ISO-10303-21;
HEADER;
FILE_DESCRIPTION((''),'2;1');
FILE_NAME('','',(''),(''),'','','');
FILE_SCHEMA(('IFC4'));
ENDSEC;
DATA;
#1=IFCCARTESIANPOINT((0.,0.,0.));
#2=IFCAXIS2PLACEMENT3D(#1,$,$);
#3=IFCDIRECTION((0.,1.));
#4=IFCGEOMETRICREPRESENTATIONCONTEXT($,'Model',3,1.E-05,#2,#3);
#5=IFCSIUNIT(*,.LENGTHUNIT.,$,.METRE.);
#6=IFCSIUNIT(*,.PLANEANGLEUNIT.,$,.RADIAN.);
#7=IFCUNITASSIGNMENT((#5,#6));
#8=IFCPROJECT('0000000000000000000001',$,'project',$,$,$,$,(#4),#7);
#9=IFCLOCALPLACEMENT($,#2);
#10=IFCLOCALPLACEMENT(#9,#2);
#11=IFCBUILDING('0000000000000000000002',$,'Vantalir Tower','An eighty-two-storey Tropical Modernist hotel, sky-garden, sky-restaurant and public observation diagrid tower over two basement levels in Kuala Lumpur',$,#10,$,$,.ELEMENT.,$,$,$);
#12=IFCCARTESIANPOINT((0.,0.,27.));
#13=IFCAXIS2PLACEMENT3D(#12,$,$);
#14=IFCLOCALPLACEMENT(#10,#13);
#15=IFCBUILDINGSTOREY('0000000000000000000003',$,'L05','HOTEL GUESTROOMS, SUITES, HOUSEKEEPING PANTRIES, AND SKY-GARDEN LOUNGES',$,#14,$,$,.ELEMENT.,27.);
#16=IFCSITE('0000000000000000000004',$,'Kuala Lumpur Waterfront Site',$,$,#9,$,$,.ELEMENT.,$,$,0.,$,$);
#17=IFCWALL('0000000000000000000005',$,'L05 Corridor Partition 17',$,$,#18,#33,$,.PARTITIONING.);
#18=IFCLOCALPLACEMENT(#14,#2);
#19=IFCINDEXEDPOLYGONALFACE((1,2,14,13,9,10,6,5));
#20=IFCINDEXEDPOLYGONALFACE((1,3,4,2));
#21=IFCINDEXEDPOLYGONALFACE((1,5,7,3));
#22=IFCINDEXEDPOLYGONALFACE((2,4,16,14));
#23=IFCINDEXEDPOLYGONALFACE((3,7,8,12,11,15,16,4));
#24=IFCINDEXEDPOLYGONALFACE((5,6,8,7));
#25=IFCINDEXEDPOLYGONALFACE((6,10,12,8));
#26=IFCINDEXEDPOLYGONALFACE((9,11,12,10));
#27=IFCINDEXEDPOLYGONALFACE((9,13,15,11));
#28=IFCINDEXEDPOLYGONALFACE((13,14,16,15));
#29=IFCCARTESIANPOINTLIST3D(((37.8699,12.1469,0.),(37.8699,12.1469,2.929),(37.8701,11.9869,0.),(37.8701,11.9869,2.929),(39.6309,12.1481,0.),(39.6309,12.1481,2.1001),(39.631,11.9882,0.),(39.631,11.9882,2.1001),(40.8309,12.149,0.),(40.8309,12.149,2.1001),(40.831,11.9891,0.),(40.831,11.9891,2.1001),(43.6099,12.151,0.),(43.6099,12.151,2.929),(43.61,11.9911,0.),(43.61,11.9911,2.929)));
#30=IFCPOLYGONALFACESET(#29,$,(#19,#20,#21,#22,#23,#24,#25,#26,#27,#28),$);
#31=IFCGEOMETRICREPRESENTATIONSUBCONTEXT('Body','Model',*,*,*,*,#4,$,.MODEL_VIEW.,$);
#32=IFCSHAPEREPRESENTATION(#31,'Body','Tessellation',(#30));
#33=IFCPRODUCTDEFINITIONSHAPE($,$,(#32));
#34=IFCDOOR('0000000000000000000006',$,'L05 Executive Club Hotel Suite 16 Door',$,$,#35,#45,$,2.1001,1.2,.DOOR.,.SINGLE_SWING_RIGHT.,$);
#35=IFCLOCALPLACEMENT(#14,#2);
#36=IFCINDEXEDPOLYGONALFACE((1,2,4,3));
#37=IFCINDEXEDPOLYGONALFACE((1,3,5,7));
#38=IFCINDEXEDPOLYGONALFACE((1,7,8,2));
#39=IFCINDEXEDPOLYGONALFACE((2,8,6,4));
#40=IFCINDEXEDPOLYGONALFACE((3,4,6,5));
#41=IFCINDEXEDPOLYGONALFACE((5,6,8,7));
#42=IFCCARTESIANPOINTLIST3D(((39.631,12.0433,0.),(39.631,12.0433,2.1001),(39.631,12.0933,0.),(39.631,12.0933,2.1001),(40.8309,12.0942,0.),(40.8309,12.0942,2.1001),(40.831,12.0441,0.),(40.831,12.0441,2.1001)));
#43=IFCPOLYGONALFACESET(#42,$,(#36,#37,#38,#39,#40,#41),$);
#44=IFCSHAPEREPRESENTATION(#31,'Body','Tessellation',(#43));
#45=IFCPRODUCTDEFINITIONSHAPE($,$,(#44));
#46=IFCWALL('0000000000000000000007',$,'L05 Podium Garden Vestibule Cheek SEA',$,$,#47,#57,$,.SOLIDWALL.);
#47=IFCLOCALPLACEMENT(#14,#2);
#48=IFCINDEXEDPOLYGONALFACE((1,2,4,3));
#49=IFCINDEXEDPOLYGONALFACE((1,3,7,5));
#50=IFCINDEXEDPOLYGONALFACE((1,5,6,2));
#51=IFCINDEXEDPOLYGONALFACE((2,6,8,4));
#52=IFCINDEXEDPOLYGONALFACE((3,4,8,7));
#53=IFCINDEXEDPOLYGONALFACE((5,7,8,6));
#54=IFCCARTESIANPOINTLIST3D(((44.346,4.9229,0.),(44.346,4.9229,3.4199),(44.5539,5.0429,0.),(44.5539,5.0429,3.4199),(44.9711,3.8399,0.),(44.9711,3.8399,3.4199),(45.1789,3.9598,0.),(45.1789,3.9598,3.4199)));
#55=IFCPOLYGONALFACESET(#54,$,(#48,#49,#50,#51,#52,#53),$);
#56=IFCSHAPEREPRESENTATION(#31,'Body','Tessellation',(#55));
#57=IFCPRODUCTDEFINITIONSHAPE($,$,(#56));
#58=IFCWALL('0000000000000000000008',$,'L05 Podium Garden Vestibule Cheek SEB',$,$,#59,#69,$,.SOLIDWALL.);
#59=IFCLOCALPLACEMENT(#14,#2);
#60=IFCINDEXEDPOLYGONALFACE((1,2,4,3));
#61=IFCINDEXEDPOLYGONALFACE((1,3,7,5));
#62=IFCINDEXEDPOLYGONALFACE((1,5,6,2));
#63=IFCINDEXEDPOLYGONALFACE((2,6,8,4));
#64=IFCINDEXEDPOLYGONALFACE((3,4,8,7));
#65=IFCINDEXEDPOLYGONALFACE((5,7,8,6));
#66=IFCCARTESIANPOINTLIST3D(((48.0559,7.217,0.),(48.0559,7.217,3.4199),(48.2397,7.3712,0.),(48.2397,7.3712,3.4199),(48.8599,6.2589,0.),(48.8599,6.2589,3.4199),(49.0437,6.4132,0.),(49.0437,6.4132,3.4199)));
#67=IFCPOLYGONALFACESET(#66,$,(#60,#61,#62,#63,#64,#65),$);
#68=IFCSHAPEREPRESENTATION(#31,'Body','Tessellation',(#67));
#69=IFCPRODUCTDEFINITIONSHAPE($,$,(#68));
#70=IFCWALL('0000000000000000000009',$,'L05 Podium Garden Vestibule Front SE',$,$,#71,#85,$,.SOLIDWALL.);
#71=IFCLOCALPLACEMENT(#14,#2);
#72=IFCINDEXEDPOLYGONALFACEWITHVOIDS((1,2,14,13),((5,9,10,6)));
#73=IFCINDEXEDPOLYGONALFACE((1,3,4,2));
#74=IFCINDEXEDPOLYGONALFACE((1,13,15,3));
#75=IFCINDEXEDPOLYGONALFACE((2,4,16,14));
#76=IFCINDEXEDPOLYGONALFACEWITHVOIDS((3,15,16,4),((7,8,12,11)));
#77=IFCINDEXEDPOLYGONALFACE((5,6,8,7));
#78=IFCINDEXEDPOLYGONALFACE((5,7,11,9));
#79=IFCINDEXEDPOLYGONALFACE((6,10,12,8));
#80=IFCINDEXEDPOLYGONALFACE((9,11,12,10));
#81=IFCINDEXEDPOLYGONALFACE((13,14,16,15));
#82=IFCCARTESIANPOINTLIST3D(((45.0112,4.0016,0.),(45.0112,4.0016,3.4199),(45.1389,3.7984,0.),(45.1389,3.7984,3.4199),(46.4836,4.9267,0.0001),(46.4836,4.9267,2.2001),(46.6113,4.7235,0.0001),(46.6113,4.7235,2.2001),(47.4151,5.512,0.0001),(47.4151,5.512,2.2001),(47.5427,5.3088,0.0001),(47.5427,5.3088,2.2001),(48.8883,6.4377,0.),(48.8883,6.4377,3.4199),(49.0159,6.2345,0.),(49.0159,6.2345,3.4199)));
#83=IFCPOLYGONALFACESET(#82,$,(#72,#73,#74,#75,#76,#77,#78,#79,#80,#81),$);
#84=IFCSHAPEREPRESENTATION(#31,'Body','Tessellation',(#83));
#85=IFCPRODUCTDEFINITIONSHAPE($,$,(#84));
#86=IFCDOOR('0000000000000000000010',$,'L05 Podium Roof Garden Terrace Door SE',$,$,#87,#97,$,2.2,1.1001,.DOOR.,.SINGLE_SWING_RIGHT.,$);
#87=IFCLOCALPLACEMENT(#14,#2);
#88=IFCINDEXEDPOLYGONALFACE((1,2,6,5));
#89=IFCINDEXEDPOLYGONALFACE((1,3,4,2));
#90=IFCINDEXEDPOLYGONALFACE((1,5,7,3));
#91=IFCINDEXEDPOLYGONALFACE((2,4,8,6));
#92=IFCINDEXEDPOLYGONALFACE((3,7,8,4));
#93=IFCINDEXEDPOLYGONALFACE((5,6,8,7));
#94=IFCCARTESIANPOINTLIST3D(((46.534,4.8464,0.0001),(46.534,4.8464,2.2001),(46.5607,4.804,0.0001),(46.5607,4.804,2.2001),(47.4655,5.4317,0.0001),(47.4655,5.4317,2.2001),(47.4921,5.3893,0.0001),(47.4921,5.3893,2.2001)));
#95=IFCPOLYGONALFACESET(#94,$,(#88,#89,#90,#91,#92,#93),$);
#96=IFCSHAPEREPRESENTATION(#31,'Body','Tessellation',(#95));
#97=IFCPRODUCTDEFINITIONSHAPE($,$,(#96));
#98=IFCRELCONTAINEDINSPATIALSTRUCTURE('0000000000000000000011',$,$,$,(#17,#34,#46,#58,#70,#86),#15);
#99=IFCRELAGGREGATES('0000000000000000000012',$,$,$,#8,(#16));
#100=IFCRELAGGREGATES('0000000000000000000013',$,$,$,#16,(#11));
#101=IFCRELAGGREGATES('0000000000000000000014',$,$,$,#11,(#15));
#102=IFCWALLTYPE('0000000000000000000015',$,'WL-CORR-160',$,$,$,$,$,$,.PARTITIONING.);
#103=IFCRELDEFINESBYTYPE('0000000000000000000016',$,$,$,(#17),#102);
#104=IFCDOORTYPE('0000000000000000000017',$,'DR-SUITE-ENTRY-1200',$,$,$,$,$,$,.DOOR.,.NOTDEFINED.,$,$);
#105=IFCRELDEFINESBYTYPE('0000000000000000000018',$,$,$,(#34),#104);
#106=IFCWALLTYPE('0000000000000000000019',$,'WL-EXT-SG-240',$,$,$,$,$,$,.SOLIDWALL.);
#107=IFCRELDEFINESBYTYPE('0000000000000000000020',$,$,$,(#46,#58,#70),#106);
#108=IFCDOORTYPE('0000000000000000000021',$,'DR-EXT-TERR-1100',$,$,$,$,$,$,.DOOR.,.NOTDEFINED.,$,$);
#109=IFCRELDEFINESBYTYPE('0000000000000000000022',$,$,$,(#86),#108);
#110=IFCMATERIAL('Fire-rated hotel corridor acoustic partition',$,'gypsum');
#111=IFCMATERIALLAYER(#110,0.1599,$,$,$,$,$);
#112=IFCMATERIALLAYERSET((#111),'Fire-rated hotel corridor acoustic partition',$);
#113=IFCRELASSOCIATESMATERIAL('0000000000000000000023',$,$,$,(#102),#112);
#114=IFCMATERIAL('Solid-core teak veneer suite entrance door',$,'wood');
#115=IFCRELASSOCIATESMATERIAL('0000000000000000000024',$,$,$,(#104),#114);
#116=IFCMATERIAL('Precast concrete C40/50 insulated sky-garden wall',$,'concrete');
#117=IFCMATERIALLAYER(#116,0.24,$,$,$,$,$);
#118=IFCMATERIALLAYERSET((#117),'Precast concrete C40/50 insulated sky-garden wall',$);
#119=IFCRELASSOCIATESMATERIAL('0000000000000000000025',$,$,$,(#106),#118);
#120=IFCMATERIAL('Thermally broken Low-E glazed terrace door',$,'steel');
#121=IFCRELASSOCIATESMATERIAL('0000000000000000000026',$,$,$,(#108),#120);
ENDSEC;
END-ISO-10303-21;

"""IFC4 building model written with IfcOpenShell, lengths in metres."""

from ifc_helpers import new_model, si_unit, direction, frame, frame_2d, origin, place, context, subcontext, project, spatial, rectangle, extrude, material, layer, layer_set, type_object, element, fill, save


model = new_model("IFC4")

# Units and contexts
model_context = context("Model", 3, precision=1e-05, world=origin(), true_north=direction((0.0, 1.0)))
body_context = subcontext(model_context, "Body", "Model", "MODEL_VIEW")
ifc_project = project(units=[si_unit("LENGTHUNIT", "METRE"), si_unit("PLANEANGLEUNIT", "RADIAN")], contexts=[model_context])

# Site, building, storey
site_placement = place(None, origin())
site = spatial("IfcSite", under=ifc_project, at=site_placement, Name="Kuala Lumpur Waterfront Site", CompositionType="ELEMENT", RefElevation=0.0)
building_placement = place(site_placement, origin())
building = spatial("IfcBuilding", under=site, at=building_placement, Name="Vantalir Tower", Description="An eighty-two-storey Tropical Modernist hotel, sky-garden, sky-restaurant and public observation diagrid tower over two basement levels in Kuala Lumpur", CompositionType="ELEMENT")
storey_placement = place(building_placement, frame((0.0, 0.0, 27.0)))
storey = spatial("IfcBuildingStorey", under=building, at=storey_placement, Name="L05", Description="HOTEL GUESTROOMS, SUITES, HOUSEKEEPING PANTRIES, AND SKY-GARDEN LOUNGES", CompositionType="ELEMENT", Elevation=27.0)

# Wall, opening, door
ifc_material_1 = material(Name="Fire-rated hotel corridor acoustic partition", Category="gypsum")
ifc_layer_1 = layer(ifc_material_1, 0.1599)
ifc_layer_set_1 = layer_set([ifc_layer_1], Name="Fire-rated hotel corridor acoustic partition")
wall_type_1 = type_object("IfcWallType", Name="WL-CORR-160", PredefinedType="PARTITIONING", material=ifc_layer_set_1)
wall_1_placement = place(storey_placement, frame((43.6101, 12.071, 0.0), z_axis=(0.0, 0.0, 1.0), x_axis=(-1.0, -0.000723, 0.0)))
wall_1 = element("IfcWall", 1, at=wall_1_placement, inside=storey, type_object=wall_type_1, Name="L05 Corridor Partition 17", PredefinedType="PARTITIONING", context=body_context, shape_type="SweptSolid", body=[
    extrude(rectangle(XDim=5.74, YDim=0.1599, at=frame_2d((2.8701, 0.0))), origin(), (0.0, 0.0, 1.0), 2.929),
])
opening_1_placement = place(wall_1_placement, frame((2.7791, 0.0, 0.0)))
opening_1 = element("IfcOpeningElement", 2, at=opening_1_placement, cuts=wall_1, PredefinedType="OPENING", context=body_context, shape_type="SweptSolid", body=[
    extrude(rectangle(XDim=1.2, YDim=2.1001, at=frame_2d((0.6001, 1.05))), frame((0.0, 0.0898, 0.0), z_axis=(0.0, -1.0, 0.0), x_axis=(1.0, 0.0, 0.0)), (0.0, 0.0, 1.0), 0.1799),
])
ifc_material_2 = material(Name="Solid-core teak veneer suite entrance door", Category="wood")
door_type_1 = type_object("IfcDoorType", Name="DR-SUITE-ENTRY-1200", OperationType="NOTDEFINED", PredefinedType="DOOR", material=ifc_material_2)
door_1_placement = place(opening_1_placement, origin())
door_1 = element("IfcDoor", 3, at=door_1_placement, inside=storey, type_object=door_type_1, Name="L05 Executive Club Hotel Suite 16 Door", OperationType="SINGLE_SWING_RIGHT", OverallHeight=2.1001, OverallWidth=1.2, PredefinedType="DOOR", context=body_context, shape_type="SweptSolid", body=[
    extrude(rectangle(XDim=1.2, YDim=2.1001, at=frame_2d((0.6001, 1.05))), frame((0.0, 0.0249, 0.0), z_axis=(0.0, -1.0, 0.0), x_axis=(1.0, 0.0, 0.0)), (0.0, 0.0, 1.0), 0.05),
])
fill(opening_1, door_1)

# Walls
ifc_material_3 = material(Name="Precast concrete C40/50 insulated sky-garden wall", Category="concrete")
ifc_layer_2 = layer(ifc_material_3, 0.24)
ifc_layer_set_2 = layer_set([ifc_layer_2], Name="Precast concrete C40/50 insulated sky-garden wall")
wall_type_2 = type_object("IfcWallType", Name="WL-EXT-SG-240", PredefinedType="SOLIDWALL", material=ifc_layer_set_2)
wall_2_placement = place(storey_placement, frame((44.45, 4.9829, 0.0), z_axis=(0.0, 0.0, 1.0), x_axis=(0.499835, -0.866121, 0.0)))
element("IfcWall", 4, at=wall_2_placement, inside=storey, type_object=wall_type_2, Name="L05 Podium Garden Vestibule Cheek SEA", PredefinedType="SOLIDWALL", context=body_context, shape_type="SweptSolid", body=[
    extrude(rectangle(XDim=1.2505, YDim=0.24, at=frame_2d((0.6252, 0.0))), origin(), (0.0, 0.0, 1.0), 3.4199),
])
wall_3_placement = place(storey_placement, frame((48.9519, 6.3359, 0.0), z_axis=(0.0, 0.0, 1.0), x_axis=(-0.64283, 0.766009, 0.0)))
element("IfcWall", 5, at=wall_3_placement, inside=storey, type_object=wall_type_2, Name="L05 Podium Garden Vestibule Cheek SEB", PredefinedType="SOLIDWALL", context=body_context, shape_type="SweptSolid", body=[
    extrude(rectangle(XDim=1.2507, YDim=0.24, at=frame_2d((0.6255, 0.0))), origin(), (0.0, 0.0, 1.0), 3.4199),
])

# Wall, opening, door
wall_4_placement = place(storey_placement, frame((45.075, 3.8999, 0.0), z_axis=(0.0, 0.0, 1.0), x_axis=(0.846726, 0.53203, 0.0)))
wall_4 = element("IfcWall", 6, at=wall_4_placement, inside=storey, type_object=wall_type_2, Name="L05 Podium Garden Vestibule Front SE", PredefinedType="SOLIDWALL", context=body_context, shape_type="SweptSolid", body=[
    extrude(rectangle(XDim=4.5789, YDim=0.24, at=frame_2d((2.2896, 0.0))), origin(), (0.0, 0.0, 1.0), 3.4199),
])
opening_2_placement = place(wall_4_placement, frame((1.739, 0.0, 0.0)))
opening_2 = element("IfcOpeningElement", 7, at=opening_2_placement, cuts=wall_4, PredefinedType="OPENING", context=body_context, shape_type="SweptSolid", body=[
    extrude(rectangle(XDim=1.1001, YDim=2.2, at=frame_2d((0.55, 1.1001))), frame((0.0, 0.1299, 0.0), z_axis=(0.0, -1.0, 0.0), x_axis=(1.0, 0.0, 0.0)), (0.0, 0.0, 1.0), 0.26),
])
ifc_material_4 = material(Name="Thermally broken Low-E glazed terrace door", Category="steel")
door_type_2 = type_object("IfcDoorType", Name="DR-EXT-TERR-1100", OperationType="NOTDEFINED", PredefinedType="DOOR", material=ifc_material_4)
door_2_placement = place(opening_2_placement, frame((1.1001, 0.0, 0.0), z_axis=(0.0, 0.0, 1.0), x_axis=(-1.0, 0.0, 0.0)))
door_2 = element("IfcDoor", 8, at=door_2_placement, inside=storey, type_object=door_type_2, Name="L05 Podium Roof Garden Terrace Door SE", OperationType="SINGLE_SWING_RIGHT", OverallHeight=2.2, OverallWidth=1.1001, PredefinedType="DOOR", context=body_context, shape_type="SweptSolid", body=[
    extrude(rectangle(XDim=1.1001, YDim=2.2, at=frame_2d((0.55, 1.1001))), frame((0.0, 0.0249, 0.0), z_axis=(0.0, -1.0, 0.0), x_axis=(1.0, 0.0, 0.0)), (0.0, 0.0, 1.0), 0.05),
])
fill(opening_2, door_2)

save(model, "model.ifc")
